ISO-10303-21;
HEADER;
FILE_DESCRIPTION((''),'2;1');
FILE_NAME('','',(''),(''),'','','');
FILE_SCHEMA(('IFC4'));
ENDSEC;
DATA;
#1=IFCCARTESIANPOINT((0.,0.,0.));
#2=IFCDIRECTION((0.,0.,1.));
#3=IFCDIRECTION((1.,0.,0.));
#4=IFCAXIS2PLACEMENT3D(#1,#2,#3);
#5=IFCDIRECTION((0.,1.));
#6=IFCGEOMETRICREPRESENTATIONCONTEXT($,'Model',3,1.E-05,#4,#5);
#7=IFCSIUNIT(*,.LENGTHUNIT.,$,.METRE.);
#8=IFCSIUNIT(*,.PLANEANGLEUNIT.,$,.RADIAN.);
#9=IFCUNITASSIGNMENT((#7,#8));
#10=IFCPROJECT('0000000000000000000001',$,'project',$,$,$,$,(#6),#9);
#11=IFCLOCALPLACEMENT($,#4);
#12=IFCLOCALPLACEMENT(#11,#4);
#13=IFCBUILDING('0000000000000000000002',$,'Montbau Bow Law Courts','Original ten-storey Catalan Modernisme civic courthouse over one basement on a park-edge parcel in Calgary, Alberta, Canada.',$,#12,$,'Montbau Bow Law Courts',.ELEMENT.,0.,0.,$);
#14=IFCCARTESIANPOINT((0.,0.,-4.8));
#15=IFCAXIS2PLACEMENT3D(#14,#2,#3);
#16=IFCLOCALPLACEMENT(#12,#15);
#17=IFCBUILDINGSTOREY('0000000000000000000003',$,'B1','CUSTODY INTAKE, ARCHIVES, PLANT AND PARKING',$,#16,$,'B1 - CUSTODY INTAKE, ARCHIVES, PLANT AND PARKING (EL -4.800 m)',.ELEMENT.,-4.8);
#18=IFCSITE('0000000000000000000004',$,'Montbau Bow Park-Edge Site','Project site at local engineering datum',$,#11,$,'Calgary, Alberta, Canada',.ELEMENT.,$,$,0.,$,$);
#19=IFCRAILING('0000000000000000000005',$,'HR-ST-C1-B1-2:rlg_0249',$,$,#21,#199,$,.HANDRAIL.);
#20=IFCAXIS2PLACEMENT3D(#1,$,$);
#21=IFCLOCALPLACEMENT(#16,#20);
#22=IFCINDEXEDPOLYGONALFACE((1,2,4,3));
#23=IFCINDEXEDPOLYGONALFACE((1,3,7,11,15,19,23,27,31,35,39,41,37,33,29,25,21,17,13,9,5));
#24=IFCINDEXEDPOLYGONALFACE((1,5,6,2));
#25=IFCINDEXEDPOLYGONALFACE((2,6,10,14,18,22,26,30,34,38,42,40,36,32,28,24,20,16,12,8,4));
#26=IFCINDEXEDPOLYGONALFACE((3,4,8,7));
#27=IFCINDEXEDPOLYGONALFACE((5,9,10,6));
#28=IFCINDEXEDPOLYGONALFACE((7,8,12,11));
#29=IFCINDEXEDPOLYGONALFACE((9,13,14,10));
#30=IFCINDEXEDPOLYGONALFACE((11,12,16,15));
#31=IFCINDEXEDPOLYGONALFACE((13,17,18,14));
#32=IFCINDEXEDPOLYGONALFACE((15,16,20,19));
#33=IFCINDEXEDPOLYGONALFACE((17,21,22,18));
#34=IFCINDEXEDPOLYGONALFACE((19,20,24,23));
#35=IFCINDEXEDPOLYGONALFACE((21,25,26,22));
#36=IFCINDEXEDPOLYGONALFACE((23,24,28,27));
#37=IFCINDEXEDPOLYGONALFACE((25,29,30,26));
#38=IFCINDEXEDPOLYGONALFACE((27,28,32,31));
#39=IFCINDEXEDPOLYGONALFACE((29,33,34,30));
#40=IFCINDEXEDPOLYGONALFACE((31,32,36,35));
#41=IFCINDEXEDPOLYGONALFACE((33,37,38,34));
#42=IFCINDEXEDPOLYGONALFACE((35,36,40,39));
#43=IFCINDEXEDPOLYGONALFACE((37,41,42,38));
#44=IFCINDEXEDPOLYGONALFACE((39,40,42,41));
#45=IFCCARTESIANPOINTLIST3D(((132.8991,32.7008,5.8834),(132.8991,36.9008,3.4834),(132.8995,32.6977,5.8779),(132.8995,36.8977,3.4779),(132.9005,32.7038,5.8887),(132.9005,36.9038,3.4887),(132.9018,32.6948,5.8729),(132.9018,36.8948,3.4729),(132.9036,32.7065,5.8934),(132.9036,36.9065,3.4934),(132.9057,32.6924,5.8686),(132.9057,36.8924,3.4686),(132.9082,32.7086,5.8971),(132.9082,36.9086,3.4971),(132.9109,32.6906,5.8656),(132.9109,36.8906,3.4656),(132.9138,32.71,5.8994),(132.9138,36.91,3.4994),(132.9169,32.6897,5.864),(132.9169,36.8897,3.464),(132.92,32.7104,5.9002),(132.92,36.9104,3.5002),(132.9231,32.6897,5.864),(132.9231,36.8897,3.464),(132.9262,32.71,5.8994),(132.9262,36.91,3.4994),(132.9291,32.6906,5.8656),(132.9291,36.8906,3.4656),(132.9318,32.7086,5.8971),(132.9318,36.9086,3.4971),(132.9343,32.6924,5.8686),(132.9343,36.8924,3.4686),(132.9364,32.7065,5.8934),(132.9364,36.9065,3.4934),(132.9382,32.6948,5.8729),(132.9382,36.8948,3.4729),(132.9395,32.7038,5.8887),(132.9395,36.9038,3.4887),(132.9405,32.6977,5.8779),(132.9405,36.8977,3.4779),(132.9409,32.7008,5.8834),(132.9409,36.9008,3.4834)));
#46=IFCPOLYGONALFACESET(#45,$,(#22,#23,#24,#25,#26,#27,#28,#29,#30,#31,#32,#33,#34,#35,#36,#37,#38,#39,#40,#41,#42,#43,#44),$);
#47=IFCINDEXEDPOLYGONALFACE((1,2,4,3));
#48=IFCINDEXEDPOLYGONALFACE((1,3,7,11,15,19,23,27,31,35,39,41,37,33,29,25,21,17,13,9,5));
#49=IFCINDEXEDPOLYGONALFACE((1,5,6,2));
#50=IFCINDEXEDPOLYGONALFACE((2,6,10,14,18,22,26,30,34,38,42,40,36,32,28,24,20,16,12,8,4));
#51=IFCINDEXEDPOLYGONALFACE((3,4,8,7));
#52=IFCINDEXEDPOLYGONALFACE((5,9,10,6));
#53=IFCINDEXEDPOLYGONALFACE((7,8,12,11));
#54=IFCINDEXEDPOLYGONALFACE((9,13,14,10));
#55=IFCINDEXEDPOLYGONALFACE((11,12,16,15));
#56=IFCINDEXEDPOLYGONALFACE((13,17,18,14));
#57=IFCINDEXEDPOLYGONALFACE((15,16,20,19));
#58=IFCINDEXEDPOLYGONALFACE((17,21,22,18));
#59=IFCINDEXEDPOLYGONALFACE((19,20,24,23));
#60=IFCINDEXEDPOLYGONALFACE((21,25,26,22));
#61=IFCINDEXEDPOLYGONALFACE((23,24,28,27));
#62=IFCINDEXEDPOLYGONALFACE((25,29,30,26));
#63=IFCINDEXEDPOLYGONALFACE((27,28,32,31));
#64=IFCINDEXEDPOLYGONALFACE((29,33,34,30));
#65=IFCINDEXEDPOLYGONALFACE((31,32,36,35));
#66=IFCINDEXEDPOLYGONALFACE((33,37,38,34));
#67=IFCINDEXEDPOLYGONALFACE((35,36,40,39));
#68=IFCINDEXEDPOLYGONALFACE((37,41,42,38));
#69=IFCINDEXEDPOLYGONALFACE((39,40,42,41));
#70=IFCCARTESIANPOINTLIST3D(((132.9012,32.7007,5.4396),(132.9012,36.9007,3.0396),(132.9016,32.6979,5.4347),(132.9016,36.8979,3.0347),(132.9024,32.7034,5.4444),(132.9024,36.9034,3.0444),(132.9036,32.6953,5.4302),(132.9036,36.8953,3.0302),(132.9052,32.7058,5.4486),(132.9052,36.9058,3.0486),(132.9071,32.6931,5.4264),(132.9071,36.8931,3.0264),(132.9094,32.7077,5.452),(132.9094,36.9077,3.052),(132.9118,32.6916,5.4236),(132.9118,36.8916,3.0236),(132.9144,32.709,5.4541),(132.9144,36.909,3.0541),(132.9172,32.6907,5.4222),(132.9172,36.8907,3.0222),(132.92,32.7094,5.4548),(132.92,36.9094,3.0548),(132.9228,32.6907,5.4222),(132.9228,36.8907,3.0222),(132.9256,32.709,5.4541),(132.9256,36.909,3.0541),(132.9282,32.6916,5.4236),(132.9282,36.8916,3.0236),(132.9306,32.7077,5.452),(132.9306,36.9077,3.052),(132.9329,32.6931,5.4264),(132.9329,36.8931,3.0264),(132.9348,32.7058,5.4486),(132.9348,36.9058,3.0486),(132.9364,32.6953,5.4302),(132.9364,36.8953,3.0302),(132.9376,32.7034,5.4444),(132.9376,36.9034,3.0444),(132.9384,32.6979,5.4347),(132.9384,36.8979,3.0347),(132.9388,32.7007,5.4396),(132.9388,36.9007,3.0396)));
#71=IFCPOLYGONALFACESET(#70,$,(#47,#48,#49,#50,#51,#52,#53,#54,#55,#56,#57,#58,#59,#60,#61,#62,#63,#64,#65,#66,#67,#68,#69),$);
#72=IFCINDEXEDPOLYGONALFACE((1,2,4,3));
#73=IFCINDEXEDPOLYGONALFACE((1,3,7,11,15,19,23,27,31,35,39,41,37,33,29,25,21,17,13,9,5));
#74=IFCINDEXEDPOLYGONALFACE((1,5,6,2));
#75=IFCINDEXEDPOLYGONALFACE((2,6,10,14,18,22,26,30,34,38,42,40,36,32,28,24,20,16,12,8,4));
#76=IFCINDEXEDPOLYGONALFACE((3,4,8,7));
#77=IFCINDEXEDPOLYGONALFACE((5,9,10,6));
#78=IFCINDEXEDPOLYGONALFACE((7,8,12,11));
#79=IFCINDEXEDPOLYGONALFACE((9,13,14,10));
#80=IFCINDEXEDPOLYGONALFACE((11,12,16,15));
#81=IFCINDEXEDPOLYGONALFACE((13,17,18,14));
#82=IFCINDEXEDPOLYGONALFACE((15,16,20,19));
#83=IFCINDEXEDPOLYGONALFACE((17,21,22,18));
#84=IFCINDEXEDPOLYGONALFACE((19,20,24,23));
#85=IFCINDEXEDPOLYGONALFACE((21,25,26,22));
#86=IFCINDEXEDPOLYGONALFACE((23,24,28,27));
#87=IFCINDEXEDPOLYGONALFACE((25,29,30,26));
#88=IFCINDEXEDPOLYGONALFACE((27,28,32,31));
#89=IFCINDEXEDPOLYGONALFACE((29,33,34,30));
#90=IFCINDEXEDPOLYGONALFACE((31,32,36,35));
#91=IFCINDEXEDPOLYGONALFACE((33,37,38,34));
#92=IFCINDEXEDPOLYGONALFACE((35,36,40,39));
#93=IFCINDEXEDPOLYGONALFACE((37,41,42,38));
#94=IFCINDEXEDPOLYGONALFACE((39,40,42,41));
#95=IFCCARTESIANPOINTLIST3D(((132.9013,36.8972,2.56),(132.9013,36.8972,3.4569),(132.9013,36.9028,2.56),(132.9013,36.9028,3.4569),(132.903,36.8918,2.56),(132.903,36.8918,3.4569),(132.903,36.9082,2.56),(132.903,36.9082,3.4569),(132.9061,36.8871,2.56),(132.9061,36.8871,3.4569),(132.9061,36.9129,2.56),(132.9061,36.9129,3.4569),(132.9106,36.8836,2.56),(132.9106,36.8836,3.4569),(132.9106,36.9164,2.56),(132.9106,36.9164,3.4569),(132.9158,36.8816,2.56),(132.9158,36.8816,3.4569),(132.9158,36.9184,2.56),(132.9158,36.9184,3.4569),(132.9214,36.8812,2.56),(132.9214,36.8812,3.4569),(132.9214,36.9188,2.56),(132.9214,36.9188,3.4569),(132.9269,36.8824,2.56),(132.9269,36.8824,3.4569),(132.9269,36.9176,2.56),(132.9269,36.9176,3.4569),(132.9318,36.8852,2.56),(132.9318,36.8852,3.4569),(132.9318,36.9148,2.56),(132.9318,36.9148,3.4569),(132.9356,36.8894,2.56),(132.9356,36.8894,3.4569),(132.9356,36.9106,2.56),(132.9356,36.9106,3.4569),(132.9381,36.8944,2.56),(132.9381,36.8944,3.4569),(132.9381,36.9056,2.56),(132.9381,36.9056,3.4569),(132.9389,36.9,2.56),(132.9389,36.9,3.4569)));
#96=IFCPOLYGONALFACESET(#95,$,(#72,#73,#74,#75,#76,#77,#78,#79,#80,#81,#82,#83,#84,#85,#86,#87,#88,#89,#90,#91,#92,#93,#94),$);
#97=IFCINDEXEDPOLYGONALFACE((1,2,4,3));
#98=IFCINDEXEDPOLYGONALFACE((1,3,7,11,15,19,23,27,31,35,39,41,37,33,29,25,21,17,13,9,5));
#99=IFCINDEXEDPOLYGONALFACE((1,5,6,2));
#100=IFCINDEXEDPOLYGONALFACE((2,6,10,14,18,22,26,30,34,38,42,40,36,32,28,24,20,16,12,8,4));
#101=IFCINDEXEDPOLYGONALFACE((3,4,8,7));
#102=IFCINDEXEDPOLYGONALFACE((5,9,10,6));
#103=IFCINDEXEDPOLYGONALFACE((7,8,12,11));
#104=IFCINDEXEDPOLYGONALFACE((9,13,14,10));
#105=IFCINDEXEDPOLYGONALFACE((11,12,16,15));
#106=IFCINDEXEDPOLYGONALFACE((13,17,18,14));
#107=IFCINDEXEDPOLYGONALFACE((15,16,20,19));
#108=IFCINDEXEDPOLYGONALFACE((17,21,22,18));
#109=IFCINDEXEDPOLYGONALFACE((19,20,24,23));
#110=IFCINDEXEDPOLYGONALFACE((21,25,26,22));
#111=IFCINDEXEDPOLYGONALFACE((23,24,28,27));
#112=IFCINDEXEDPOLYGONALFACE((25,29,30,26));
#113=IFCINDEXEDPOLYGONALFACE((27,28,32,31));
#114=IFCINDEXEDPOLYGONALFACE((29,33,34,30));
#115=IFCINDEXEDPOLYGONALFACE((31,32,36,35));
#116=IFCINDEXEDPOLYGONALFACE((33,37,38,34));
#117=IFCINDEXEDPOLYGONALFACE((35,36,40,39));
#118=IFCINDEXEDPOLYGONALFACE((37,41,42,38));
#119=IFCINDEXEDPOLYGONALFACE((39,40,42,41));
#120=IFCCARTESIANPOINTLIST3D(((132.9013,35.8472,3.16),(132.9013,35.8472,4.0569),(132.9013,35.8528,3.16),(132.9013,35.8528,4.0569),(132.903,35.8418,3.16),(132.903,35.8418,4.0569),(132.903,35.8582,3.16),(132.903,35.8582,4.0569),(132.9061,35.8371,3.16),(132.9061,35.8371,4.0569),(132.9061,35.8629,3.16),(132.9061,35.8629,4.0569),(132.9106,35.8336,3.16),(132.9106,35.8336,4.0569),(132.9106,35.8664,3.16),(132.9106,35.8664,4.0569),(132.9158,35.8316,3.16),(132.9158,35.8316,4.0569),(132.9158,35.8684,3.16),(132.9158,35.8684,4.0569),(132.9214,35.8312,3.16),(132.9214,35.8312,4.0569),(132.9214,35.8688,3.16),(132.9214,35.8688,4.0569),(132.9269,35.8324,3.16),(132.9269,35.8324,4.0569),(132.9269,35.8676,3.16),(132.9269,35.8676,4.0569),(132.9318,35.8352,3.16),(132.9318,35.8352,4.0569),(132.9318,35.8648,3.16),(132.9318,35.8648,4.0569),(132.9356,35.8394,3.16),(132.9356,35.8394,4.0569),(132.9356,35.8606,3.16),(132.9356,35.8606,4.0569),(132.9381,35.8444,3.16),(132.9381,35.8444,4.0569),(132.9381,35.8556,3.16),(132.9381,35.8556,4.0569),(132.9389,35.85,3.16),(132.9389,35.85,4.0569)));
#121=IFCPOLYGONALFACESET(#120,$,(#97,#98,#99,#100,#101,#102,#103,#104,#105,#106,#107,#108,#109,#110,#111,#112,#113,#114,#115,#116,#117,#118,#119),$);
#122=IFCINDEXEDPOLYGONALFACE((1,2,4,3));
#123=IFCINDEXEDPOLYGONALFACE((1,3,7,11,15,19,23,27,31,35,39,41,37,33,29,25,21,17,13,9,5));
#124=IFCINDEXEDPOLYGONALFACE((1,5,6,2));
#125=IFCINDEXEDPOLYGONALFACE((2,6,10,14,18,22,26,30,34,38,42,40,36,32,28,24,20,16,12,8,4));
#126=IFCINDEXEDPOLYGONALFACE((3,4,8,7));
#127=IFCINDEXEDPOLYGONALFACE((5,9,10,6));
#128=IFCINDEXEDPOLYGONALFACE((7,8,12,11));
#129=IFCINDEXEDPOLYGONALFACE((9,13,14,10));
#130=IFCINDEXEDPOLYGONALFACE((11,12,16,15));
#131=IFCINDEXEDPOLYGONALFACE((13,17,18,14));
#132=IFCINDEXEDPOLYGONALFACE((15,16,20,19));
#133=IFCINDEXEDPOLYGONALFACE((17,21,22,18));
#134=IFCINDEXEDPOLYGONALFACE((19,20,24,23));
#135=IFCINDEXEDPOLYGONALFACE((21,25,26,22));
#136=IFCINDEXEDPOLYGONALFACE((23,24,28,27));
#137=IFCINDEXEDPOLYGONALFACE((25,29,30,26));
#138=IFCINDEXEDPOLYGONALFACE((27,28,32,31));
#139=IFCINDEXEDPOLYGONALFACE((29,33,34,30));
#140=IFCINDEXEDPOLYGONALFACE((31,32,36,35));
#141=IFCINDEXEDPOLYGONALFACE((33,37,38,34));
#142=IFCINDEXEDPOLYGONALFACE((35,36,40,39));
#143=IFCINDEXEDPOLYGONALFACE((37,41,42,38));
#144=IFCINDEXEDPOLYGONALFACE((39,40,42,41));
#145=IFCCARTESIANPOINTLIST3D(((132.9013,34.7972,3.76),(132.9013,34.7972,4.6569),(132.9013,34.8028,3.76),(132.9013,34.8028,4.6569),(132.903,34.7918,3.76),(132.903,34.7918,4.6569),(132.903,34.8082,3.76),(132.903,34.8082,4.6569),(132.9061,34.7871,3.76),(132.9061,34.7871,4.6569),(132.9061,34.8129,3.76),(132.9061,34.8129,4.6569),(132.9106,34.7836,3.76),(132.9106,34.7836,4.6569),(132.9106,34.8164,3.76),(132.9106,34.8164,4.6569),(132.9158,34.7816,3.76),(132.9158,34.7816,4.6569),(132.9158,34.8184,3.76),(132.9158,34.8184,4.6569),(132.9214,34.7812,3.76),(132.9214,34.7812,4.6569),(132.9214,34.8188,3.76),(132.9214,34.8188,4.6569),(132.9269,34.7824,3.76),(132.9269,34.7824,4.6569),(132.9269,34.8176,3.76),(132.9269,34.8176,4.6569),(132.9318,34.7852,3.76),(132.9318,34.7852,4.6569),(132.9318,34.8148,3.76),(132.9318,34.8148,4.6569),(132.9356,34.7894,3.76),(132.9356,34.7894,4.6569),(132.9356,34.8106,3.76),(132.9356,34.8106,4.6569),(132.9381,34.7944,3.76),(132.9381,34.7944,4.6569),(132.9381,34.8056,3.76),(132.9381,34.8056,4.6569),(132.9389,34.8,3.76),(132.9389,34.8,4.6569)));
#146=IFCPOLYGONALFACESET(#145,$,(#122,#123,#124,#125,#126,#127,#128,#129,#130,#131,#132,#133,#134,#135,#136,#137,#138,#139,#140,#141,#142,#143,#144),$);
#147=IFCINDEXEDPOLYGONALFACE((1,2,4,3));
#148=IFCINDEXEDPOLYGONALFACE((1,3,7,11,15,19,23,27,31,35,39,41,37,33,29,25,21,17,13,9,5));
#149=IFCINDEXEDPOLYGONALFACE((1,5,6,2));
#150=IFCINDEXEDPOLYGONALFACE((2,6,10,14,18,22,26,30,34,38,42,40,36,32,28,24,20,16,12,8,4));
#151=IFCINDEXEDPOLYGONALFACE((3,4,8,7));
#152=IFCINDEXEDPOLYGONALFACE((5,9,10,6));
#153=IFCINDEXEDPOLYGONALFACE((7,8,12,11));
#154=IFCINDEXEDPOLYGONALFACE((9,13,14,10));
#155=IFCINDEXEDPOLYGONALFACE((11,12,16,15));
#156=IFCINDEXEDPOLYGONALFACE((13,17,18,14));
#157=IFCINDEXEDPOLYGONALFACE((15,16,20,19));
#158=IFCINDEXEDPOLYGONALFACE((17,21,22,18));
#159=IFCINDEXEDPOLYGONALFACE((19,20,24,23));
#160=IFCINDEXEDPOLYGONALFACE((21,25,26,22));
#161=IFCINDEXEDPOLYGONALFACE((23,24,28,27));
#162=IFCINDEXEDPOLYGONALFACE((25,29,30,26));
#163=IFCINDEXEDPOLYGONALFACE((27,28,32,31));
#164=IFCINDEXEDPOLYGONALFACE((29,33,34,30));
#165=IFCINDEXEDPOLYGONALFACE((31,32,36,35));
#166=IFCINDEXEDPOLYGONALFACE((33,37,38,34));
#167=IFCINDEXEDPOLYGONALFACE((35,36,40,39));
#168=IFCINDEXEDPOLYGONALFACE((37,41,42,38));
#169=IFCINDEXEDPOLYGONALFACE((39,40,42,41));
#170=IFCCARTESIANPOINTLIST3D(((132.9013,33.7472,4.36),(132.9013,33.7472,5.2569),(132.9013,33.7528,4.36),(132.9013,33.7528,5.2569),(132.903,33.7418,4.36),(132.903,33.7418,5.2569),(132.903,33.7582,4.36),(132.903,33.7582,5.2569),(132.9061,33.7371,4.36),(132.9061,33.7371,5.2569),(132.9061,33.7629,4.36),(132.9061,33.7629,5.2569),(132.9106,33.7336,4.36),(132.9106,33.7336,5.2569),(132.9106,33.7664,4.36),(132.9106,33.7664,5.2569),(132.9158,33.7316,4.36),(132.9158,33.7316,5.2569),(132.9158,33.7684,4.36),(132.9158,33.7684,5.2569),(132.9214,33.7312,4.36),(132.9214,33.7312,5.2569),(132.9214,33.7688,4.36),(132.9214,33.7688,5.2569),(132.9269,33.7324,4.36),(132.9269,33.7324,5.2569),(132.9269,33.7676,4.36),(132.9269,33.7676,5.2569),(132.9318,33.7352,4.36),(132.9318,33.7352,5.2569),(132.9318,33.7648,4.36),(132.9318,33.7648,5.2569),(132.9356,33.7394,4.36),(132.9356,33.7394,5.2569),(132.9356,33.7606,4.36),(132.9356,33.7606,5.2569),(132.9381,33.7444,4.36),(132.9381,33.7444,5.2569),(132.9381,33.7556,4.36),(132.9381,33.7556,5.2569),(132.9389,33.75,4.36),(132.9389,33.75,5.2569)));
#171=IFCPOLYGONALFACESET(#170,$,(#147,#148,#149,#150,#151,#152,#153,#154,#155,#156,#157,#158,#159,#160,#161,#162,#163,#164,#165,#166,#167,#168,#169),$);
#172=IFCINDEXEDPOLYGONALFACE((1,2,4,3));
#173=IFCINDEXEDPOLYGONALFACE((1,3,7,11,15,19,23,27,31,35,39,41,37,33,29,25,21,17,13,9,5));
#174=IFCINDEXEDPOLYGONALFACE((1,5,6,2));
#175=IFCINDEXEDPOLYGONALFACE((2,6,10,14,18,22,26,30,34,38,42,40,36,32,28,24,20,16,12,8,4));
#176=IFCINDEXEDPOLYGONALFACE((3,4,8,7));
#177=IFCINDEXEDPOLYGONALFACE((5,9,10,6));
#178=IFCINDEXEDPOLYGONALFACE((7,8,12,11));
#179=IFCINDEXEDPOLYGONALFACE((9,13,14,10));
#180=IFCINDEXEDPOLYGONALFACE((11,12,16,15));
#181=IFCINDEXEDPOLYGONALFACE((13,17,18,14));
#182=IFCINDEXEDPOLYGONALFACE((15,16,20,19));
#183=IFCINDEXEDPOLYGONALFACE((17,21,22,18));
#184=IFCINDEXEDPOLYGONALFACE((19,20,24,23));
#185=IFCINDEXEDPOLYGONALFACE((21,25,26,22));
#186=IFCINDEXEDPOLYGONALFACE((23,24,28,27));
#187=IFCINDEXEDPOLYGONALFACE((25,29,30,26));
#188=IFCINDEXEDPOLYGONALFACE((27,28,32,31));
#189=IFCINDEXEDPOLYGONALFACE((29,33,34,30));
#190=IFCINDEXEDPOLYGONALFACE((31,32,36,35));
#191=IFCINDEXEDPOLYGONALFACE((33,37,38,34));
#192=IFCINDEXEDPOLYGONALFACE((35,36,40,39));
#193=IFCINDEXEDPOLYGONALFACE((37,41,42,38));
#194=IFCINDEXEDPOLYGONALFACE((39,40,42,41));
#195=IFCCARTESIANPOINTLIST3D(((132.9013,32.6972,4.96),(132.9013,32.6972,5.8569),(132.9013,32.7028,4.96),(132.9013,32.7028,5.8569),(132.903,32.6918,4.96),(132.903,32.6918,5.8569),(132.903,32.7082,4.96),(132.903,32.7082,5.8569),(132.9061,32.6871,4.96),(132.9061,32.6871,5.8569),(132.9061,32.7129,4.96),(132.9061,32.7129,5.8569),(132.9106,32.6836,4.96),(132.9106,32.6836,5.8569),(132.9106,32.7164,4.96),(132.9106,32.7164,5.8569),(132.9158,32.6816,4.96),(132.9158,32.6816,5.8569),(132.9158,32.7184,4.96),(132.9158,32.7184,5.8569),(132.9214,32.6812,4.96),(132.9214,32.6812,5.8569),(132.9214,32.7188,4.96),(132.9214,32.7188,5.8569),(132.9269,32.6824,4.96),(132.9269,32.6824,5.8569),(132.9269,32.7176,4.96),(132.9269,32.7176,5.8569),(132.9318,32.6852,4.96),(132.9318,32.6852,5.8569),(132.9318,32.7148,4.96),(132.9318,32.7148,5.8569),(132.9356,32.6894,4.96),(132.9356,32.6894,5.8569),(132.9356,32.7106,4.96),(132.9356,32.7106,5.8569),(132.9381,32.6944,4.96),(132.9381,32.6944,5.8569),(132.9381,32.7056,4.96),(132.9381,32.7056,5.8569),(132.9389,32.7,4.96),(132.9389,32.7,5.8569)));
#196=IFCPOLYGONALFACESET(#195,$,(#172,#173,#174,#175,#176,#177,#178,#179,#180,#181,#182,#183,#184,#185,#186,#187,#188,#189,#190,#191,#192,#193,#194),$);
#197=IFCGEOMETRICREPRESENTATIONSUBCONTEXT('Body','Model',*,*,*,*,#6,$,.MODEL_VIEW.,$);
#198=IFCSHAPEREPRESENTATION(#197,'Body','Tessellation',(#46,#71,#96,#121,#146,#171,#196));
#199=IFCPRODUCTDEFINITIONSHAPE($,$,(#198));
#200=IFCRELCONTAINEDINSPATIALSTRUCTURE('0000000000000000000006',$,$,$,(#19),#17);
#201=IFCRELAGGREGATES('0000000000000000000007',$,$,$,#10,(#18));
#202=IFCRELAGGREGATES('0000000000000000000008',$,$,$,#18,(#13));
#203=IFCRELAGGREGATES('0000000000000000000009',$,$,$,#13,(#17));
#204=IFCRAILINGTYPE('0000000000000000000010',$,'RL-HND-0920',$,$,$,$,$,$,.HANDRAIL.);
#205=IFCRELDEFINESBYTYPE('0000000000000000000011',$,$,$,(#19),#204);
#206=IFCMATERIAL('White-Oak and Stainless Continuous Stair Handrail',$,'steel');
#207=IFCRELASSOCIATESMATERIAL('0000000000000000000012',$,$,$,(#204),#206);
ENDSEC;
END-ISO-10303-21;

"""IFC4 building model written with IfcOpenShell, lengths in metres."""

from ifc_helpers import new_model, si_unit, direction, frame, origin_with_axes, origin_2d_with_axis, place, context, subcontext, project, spatial, circle, extrude, material, type_object, element, save


model = new_model("IFC4")

# Units and contexts
model_context = context("Model", 3, precision=1e-05, world=origin_with_axes(), true_north=direction((0.0, 1.0)))
body_context = subcontext(model_context, "Body", "Model", "MODEL_VIEW")
ifc_project = project(units=[si_unit("LENGTHUNIT", "METRE"), si_unit("PLANEANGLEUNIT", "RADIAN")], contexts=[model_context])

# Site, building, storey
site_placement = place(None, origin_with_axes())
site = spatial("IfcSite", under=ifc_project, at=site_placement, Name="Montbau Bow Park-Edge Site", Description="Project site at local engineering datum", LongName="Calgary, Alberta, Canada", CompositionType="ELEMENT", RefElevation=0.0)
building_placement = place(site_placement, origin_with_axes())
building = spatial("IfcBuilding", under=site, at=building_placement, Name="Montbau Bow Law Courts", Description="Original ten-storey Catalan Modernisme civic courthouse over one basement on a park-edge parcel in Calgary, Alberta, Canada.", LongName="Montbau Bow Law Courts", CompositionType="ELEMENT", ElevationOfRefHeight=0.0, ElevationOfTerrain=0.0)
storey_placement = place(building_placement, frame((0.0, 0.0, -4.8), z_axis=(0.0, 0.0, 1.0), x_axis=(1.0, 0.0, 0.0)))
storey = spatial("IfcBuildingStorey", under=building, at=storey_placement, Name="B1", Description="CUSTODY INTAKE, ARCHIVES, PLANT AND PARKING", LongName="B1 - CUSTODY INTAKE, ARCHIVES, PLANT AND PARKING (EL -4.800 m)", CompositionType="ELEMENT", Elevation=-4.8)

# Railing
ifc_material_1 = material(Name="White-Oak and Stainless Continuous Stair Handrail", Category="steel")
railing_type_1 = type_object("IfcRailingType", Name="RL-HND-0920", PredefinedType="HANDRAIL", material=ifc_material_1)
railing_1_placement = place(None, origin_with_axes())
element("IfcRailing", 1, at=railing_1_placement, inside=storey, type_object=railing_type_1, Name="HR-ST-C1-B1-2:rlg_0249", PredefinedType="HANDRAIL", context=body_context, shape_type="SweptSolid", body=[
    extrude(circle(Radius=0.021, at=origin_2d_with_axis()), frame((132.92, 36.9, -1.318), z_axis=(0.0, -0.868243, 0.496139), x_axis=(0.0, 0.496139, 0.868243)), (0.0, 0.0, 1.0), 4.8374),
    extrude(circle(Radius=0.0189, at=origin_2d_with_axis()), frame((132.92, 36.9, -1.7616), z_axis=(0.0, -0.868243, 0.496139), x_axis=(0.0, 0.496139, 0.868243)), (0.0, 0.0, 1.0), 4.8374),
    extrude(circle(Radius=0.0189, at=origin_2d_with_axis()), frame((132.92, 36.9, -2.24), z_axis=(0.0, 0.0, 1.0), x_axis=(1.0, 0.0, 0.0)), (0.0, 0.0, 1.0), 0.8969),
    extrude(circle(Radius=0.0189, at=origin_2d_with_axis()), frame((132.92, 35.85, -1.64), z_axis=(0.0, 0.0, 1.0), x_axis=(1.0, 0.0, 0.0)), (0.0, 0.0, 1.0), 0.8969),
    extrude(circle(Radius=0.0189, at=origin_2d_with_axis()), frame((132.92, 34.8, -1.04), z_axis=(0.0, 0.0, 1.0), x_axis=(1.0, 0.0, 0.0)), (0.0, 0.0, 1.0), 0.8969),
    extrude(circle(Radius=0.0189, at=origin_2d_with_axis()), frame((132.92, 33.75, -0.44), z_axis=(0.0, 0.0, 1.0), x_axis=(1.0, 0.0, 0.0)), (0.0, 0.0, 1.0), 0.8969),
    extrude(circle(Radius=0.0189, at=origin_2d_with_axis()), frame((132.92, 32.7, 0.16), z_axis=(0.0, 0.0, 1.0), x_axis=(1.0, 0.0, 0.0)), (0.0, 0.0, 1.0), 0.8969),
])

save(model, "model.ifc")
